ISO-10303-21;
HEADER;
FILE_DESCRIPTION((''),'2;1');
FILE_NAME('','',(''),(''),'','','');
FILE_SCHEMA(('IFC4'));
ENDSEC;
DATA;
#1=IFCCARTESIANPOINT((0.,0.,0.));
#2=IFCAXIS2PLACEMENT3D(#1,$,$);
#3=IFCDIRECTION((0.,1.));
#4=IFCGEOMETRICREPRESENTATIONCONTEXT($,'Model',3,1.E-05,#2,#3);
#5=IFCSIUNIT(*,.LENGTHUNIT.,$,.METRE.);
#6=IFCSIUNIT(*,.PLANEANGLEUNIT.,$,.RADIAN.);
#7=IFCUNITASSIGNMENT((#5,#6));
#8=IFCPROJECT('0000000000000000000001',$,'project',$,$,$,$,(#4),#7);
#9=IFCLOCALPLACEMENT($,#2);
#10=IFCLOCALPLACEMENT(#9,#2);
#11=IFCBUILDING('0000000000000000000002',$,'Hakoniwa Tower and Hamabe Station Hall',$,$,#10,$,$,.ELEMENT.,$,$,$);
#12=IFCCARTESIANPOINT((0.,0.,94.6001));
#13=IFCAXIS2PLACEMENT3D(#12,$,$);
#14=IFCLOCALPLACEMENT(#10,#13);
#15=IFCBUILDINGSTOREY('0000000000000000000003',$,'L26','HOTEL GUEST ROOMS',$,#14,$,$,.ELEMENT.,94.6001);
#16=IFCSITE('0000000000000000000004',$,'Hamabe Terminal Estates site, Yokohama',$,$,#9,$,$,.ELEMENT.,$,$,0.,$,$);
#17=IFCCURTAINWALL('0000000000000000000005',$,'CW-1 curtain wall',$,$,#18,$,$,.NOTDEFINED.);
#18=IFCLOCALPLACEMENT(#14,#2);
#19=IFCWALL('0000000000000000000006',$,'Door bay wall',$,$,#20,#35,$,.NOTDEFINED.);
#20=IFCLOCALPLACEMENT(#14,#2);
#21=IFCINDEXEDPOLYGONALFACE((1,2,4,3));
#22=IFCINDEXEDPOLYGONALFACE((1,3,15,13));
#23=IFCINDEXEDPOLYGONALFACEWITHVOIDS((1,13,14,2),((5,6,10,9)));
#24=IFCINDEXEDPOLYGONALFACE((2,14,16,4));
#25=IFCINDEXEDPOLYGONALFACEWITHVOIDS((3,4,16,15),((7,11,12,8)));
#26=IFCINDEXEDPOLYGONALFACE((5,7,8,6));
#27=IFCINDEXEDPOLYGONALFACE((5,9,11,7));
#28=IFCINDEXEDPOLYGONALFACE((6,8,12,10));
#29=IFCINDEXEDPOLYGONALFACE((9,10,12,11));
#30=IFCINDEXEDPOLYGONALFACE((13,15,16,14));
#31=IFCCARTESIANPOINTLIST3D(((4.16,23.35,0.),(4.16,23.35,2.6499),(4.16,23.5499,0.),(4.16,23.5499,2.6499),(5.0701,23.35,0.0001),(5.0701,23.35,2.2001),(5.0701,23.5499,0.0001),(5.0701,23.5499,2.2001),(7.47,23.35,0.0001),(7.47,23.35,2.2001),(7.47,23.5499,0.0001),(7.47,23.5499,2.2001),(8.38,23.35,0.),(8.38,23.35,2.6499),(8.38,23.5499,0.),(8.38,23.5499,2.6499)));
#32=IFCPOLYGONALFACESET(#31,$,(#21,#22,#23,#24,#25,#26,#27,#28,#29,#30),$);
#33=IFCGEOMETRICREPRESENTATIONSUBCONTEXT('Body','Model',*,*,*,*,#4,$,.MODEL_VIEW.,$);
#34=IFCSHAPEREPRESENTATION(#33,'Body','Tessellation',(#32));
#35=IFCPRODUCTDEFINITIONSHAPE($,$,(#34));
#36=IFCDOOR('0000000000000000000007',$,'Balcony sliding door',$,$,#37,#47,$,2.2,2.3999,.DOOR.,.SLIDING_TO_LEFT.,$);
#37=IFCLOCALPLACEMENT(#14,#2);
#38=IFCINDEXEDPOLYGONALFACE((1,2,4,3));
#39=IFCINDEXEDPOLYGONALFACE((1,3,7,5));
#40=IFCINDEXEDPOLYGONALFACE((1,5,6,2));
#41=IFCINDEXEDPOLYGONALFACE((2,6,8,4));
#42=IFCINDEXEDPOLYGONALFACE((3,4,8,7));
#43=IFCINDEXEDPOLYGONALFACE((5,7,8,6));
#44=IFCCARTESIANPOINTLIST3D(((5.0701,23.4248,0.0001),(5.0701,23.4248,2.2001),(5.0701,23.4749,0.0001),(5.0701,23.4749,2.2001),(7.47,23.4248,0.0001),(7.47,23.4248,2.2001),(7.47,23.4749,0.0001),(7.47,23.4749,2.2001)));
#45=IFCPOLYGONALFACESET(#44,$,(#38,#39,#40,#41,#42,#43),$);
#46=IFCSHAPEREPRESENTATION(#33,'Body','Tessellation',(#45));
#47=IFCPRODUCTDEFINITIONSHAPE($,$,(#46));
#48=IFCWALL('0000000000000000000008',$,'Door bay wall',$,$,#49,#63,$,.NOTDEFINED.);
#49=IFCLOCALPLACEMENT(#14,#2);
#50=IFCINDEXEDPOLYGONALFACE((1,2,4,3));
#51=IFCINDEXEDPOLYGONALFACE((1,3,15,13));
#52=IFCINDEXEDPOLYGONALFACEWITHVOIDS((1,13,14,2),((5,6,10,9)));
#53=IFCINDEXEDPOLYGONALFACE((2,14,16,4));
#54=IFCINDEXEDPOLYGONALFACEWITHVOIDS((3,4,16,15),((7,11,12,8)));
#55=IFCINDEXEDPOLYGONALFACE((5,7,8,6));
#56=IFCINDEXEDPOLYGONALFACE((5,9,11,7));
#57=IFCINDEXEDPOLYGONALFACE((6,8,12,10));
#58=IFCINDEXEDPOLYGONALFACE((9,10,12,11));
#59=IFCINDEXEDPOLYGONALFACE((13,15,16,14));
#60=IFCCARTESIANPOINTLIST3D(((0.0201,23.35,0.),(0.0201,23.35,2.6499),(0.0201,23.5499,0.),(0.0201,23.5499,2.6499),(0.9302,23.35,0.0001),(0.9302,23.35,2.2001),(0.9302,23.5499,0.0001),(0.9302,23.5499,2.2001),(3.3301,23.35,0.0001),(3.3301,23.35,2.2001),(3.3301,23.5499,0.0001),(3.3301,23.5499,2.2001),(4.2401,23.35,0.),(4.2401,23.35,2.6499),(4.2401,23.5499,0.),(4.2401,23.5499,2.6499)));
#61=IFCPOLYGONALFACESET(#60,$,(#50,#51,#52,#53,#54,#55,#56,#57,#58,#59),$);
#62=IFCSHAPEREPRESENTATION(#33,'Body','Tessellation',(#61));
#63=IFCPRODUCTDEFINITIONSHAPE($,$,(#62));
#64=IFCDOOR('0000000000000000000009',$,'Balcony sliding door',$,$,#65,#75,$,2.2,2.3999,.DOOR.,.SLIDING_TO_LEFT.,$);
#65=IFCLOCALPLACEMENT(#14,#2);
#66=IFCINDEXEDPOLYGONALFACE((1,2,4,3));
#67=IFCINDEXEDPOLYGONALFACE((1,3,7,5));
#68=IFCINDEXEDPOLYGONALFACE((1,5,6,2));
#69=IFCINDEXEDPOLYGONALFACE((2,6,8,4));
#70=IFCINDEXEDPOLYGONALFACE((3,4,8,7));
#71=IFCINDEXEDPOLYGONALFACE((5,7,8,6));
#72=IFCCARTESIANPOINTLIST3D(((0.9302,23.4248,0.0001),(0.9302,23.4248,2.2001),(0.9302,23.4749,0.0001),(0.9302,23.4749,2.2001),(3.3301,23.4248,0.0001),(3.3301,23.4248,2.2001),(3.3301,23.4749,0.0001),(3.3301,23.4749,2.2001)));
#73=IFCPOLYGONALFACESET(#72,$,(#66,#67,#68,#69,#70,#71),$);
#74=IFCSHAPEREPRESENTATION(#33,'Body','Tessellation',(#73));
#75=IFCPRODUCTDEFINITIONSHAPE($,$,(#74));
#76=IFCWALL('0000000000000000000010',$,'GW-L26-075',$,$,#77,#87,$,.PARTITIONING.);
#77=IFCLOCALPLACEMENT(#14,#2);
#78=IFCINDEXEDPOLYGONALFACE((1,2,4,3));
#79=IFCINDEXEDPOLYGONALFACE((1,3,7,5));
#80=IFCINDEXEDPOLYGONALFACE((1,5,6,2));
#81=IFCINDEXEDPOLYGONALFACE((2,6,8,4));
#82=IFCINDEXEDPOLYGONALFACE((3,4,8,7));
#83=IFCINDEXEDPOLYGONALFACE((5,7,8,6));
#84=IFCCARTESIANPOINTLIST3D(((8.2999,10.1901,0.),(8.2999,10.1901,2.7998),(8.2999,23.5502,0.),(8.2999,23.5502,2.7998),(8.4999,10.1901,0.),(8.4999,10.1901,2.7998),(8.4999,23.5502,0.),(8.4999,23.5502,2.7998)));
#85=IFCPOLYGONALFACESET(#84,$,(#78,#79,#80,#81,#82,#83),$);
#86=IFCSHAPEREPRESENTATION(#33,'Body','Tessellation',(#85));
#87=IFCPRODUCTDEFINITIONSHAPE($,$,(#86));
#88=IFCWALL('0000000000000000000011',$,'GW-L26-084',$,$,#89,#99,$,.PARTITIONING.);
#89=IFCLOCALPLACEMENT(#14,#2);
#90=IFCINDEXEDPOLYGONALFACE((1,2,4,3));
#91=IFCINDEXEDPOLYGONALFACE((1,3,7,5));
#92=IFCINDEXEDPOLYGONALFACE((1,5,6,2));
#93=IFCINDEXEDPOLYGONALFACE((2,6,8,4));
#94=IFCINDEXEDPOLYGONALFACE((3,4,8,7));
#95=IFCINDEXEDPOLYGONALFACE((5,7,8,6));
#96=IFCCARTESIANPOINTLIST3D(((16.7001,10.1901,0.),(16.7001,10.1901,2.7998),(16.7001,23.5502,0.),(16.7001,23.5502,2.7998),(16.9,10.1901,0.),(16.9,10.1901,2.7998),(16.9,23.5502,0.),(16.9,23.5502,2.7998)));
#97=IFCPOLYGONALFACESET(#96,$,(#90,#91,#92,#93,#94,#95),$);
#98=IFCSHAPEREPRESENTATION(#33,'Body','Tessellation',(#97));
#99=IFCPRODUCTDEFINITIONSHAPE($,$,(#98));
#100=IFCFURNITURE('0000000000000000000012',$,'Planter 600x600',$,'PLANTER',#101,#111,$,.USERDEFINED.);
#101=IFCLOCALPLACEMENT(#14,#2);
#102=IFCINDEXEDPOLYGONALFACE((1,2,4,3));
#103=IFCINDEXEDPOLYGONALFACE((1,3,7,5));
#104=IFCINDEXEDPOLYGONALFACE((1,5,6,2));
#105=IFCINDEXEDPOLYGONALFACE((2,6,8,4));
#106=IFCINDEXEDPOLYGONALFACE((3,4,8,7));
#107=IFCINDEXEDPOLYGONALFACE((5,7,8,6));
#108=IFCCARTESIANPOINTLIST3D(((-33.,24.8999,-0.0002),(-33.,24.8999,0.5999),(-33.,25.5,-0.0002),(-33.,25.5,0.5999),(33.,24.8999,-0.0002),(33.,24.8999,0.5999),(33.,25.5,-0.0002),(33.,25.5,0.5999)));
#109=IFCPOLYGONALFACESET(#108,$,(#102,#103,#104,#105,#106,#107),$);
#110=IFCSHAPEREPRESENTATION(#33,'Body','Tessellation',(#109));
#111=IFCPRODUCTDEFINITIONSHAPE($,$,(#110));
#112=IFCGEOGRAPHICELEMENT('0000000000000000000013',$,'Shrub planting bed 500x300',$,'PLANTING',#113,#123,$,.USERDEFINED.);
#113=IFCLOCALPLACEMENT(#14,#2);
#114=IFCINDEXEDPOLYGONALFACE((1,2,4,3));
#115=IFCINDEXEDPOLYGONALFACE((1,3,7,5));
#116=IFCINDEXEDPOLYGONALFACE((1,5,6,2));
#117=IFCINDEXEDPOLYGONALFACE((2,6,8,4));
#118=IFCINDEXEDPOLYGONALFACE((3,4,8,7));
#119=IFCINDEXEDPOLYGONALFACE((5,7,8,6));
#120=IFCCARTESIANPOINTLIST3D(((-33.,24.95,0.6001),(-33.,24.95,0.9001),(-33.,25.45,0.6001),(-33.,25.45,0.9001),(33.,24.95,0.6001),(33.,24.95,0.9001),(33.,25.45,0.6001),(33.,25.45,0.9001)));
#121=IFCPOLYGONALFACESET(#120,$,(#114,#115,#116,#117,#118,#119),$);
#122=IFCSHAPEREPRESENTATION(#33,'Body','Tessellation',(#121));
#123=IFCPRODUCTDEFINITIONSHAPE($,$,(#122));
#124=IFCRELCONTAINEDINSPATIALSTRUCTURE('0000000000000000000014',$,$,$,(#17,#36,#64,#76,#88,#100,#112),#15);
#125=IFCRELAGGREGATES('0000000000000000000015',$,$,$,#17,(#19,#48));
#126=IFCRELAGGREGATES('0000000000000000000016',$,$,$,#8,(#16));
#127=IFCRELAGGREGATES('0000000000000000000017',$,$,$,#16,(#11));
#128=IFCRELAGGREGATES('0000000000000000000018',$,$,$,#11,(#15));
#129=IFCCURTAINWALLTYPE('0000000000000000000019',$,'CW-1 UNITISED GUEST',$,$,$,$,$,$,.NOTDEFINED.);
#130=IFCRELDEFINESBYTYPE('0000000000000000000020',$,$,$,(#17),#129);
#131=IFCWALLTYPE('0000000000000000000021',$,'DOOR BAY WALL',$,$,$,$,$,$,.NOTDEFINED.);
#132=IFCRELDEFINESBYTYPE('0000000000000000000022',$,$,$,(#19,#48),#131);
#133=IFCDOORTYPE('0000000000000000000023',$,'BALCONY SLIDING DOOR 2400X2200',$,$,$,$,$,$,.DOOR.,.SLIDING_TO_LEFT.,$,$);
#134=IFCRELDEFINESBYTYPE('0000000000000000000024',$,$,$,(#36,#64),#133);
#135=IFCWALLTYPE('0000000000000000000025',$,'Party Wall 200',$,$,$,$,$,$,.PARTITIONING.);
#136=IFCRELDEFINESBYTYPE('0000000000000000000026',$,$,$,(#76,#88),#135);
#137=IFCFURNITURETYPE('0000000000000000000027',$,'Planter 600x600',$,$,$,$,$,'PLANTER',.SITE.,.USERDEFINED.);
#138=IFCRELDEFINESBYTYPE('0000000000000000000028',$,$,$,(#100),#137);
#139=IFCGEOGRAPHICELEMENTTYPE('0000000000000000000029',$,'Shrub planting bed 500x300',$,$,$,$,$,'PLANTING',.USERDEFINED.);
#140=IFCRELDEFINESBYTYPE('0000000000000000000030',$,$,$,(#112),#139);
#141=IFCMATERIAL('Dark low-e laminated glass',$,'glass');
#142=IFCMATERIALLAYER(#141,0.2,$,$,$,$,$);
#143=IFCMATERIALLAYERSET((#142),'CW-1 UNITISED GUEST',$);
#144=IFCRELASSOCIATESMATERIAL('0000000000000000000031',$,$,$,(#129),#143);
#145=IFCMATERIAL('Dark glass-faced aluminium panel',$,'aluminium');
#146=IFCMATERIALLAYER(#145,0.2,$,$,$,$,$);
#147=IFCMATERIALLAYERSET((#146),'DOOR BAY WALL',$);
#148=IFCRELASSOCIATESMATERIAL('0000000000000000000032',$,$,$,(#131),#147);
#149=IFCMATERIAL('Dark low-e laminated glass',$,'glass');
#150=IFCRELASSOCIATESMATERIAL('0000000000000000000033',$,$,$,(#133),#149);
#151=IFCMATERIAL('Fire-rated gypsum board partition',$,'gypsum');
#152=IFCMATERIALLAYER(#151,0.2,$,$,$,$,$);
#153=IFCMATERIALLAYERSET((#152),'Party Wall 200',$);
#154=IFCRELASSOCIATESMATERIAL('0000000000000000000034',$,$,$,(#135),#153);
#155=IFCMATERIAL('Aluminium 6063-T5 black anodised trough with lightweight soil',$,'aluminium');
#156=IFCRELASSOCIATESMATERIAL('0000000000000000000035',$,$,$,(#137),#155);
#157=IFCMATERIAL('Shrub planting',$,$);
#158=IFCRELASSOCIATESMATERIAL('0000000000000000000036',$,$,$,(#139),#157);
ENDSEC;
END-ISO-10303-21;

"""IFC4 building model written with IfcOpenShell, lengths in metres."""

from ifc_helpers import new_model, si_unit, direction, frame, frame_2d, origin, origin_2d, place, context, subcontext, project, spatial, rectangle, extrude, material, layer, layer_set, type_object, element, fill, aggregate, save


model = new_model("IFC4")

# Units and contexts
model_context = context("Model", 3, precision=1e-05, world=origin(), true_north=direction((0.0, 1.0)))
body_context = subcontext(model_context, "Body", "Model", "MODEL_VIEW")
ifc_project = project(units=[si_unit("LENGTHUNIT", "METRE"), si_unit("PLANEANGLEUNIT", "RADIAN")], contexts=[model_context])

# Site, building, storey
site_placement = place(None, origin())
site = spatial("IfcSite", under=ifc_project, at=site_placement, Name="Hamabe Terminal Estates site, Yokohama", CompositionType="ELEMENT", RefElevation=0.0)
building_placement = place(site_placement, origin())
building = spatial("IfcBuilding", under=site, at=building_placement, Name="Hakoniwa Tower and Hamabe Station Hall", CompositionType="ELEMENT")
storey_placement = place(building_placement, frame((0.0, 0.0, 94.6001)))
storey = spatial("IfcBuildingStorey", under=building, at=storey_placement, Name="L26", Description="HOTEL GUEST ROOMS", CompositionType="ELEMENT", Elevation=94.6001)

# Curtain wall
ifc_material_1 = material(Name="Dark low-e laminated glass", Category="glass")
ifc_layer_1 = layer(ifc_material_1, 0.2)
ifc_layer_set_1 = layer_set([ifc_layer_1], Name="CW-1 UNITISED GUEST")
curtain_wall_type = type_object("IfcCurtainWallType", Name="CW-1 UNITISED GUEST", PredefinedType="NOTDEFINED", material=ifc_layer_set_1)
curtain_wall_placement = place(storey_placement, origin())
curtain_wall = element("IfcCurtainWall", 1, at=curtain_wall_placement, inside=storey, type_object=curtain_wall_type, Name="CW-1 curtain wall", PredefinedType="NOTDEFINED")

# Walls, openings, doors
ifc_material_2 = material(Name="Dark glass-faced aluminium panel", Category="aluminium")
ifc_layer_2 = layer(ifc_material_2, 0.2)
ifc_layer_set_2 = layer_set([ifc_layer_2], Name="DOOR BAY WALL")
wall_type_1 = type_object("IfcWallType", Name="DOOR BAY WALL", PredefinedType="NOTDEFINED", material=ifc_layer_set_2)
ifc_material_3 = material(Name="Dark low-e laminated glass", Category="glass")
door_type_1 = type_object("IfcDoorType", Name="BALCONY SLIDING DOOR 2400X2200", OperationType="SLIDING_TO_LEFT", PredefinedType="DOOR", material=ifc_material_3)
wall_1_placement = place(storey_placement, frame((8.3799, 23.45, 0.0), z_axis=(0.0, 0.0, 1.0), x_axis=(-1.0, 0.0, 0.0)))
wall_1 = element("IfcWall", 2, at=wall_1_placement, type_object=wall_type_1, Name="Door bay wall", PredefinedType="NOTDEFINED", context=body_context, shape_type="SweptSolid", body=[
    extrude(rectangle(XDim=4.22, YDim=0.2, at=frame_2d((2.1099, 0.0))), origin(), (0.0, 0.0, 1.0), 2.6499),
])
opening_1_placement = place(wall_1_placement, frame((0.9099, 0.0, 0.0)))
opening_1 = element("IfcOpeningElement", 3, at=opening_1_placement, cuts=wall_1, PredefinedType="OPENING", context=body_context, shape_type="SweptSolid", body=[
    extrude(rectangle(XDim=2.3999, YDim=2.2, at=frame_2d((1.2, 1.1001))), frame((0.0, 0.1099, 0.0), z_axis=(0.0, -1.0, 0.0), x_axis=(1.0, 0.0, 0.0)), (0.0, 0.0, 1.0), 0.22),
])
door_1_placement = place(opening_1_placement, frame((2.3999, 0.0, 0.0), z_axis=(0.0, 0.0, 1.0), x_axis=(-1.0, 0.0, 0.0)))
door_1 = element("IfcDoor", 4, at=door_1_placement, inside=storey, type_object=door_type_1, Name="Balcony sliding door", OperationType="SLIDING_TO_LEFT", OverallHeight=2.2, OverallWidth=2.3999, PredefinedType="DOOR", context=body_context, shape_type="SweptSolid", body=[
    extrude(rectangle(XDim=2.3999, YDim=2.2, at=frame_2d((1.2, 1.1001))), frame((0.0, 0.0249, 0.0), z_axis=(0.0, -1.0, 0.0), x_axis=(1.0, 0.0, 0.0)), (0.0, 0.0, 1.0), 0.05),
])
fill(opening_1, door_1)
wall_2_placement = place(storey_placement, frame((4.24, 23.45, 0.0), z_axis=(0.0, 0.0, 1.0), x_axis=(-1.0, 0.0, 0.0)))
wall_2 = element("IfcWall", 5, at=wall_2_placement, type_object=wall_type_1, Name="Door bay wall", PredefinedType="NOTDEFINED", context=body_context, shape_type="SweptSolid", body=[
    extrude(rectangle(XDim=4.22, YDim=0.2, at=frame_2d((2.1099, 0.0))), origin(), (0.0, 0.0, 1.0), 2.6499),
])
opening_2_placement = place(wall_2_placement, frame((0.9099, 0.0, 0.0)))
opening_2 = element("IfcOpeningElement", 6, at=opening_2_placement, cuts=wall_2, PredefinedType="OPENING", context=body_context, shape_type="SweptSolid", body=[
    extrude(rectangle(XDim=2.3999, YDim=2.2, at=frame_2d((1.2, 1.1001))), frame((0.0, 0.1099, 0.0), z_axis=(0.0, -1.0, 0.0), x_axis=(1.0, 0.0, 0.0)), (0.0, 0.0, 1.0), 0.22),
])
door_2_placement = place(opening_2_placement, frame((2.3999, 0.0, 0.0), z_axis=(0.0, 0.0, 1.0), x_axis=(-1.0, 0.0, 0.0)))
door_2 = element("IfcDoor", 7, at=door_2_placement, inside=storey, type_object=door_type_1, Name="Balcony sliding door", OperationType="SLIDING_TO_LEFT", OverallHeight=2.2, OverallWidth=2.3999, PredefinedType="DOOR", context=body_context, shape_type="SweptSolid", body=[
    extrude(rectangle(XDim=2.3999, YDim=2.2, at=frame_2d((1.2, 1.1001))), frame((0.0, 0.0249, 0.0), z_axis=(0.0, -1.0, 0.0), x_axis=(1.0, 0.0, 0.0)), (0.0, 0.0, 1.0), 0.05),
])
fill(opening_2, door_2)
aggregate(curtain_wall, [wall_1, wall_2])

# Walls
ifc_material_4 = material(Name="Fire-rated gypsum board partition", Category="gypsum")
ifc_layer_3 = layer(ifc_material_4, 0.2)
ifc_layer_set_3 = layer_set([ifc_layer_3], Name="Party Wall 200")
wall_type_2 = type_object("IfcWallType", Name="Party Wall 200", PredefinedType="PARTITIONING", material=ifc_layer_set_3)
for number, where, z_axis, x_axis, name in (
    (8, (8.3999, 10.1899, 0.0), (0.0, 0.0, 1.0), (0.0, 1.0, 0.0), "GW-L26-075"),
    (9, (16.8, 10.1899, 0.0), (0.0, 0.0, 1.0), (0.0, 1.0, 0.0), "GW-L26-084"),
):
    element("IfcWall", number, at=place(storey_placement, frame(where, z_axis=z_axis, x_axis=x_axis)), inside=storey, type_object=wall_type_2, Name=name, PredefinedType="PARTITIONING", context=body_context, shape_type="SweptSolid", body=[
        extrude(rectangle(XDim=13.3601, YDim=0.2, at=frame_2d((6.6802, 0.0))), origin(), (0.0, 0.0, 1.0), 2.7998),
    ])

# Furniture
ifc_material_5 = material(Name="Aluminium 6063-T5 black anodised trough with lightweight soil", Category="aluminium")
furniture_type = type_object("IfcFurnitureType", Name="Planter 600x600", ElementType="PLANTER", AssemblyPlace="SITE", PredefinedType="USERDEFINED", material=ifc_material_5)
furniture_placement = place(storey_placement, frame((0.0, 25.2, -0.0002), z_axis=(0.0, 0.0, 1.0), x_axis=(1.0, 0.0, 0.0)))
element("IfcFurniture", 10, at=furniture_placement, inside=storey, type_object=furniture_type, Name="Planter 600x600", ObjectType="PLANTER", PredefinedType="USERDEFINED", context=body_context, shape_type="SweptSolid", body=[
    extrude(rectangle(XDim=66.0, YDim=0.6001, at=origin_2d()), origin(), (0.0, 0.0, 1.0), 0.6001),
])

# Geographic element
ifc_material_6 = material(Name="Shrub planting")
geographic_element_type = type_object("IfcGeographicElementType", Name="Shrub planting bed 500x300", ElementType="PLANTING", PredefinedType="USERDEFINED", material=ifc_material_6)
geographic_element_placement = place(storey_placement, frame((0.0, 25.2, 0.6001), z_axis=(0.0, 0.0, 1.0), x_axis=(1.0, 0.0, 0.0)))
element("IfcGeographicElement", 11, at=geographic_element_placement, inside=storey, type_object=geographic_element_type, Name="Shrub planting bed 500x300", ObjectType="PLANTING", PredefinedType="USERDEFINED", context=body_context, shape_type="SweptSolid", body=[
    extrude(rectangle(XDim=66.0, YDim=0.5, at=origin_2d()), origin(), (0.0, 0.0, 1.0), 0.3),
])

save(model, "model.ifc")
